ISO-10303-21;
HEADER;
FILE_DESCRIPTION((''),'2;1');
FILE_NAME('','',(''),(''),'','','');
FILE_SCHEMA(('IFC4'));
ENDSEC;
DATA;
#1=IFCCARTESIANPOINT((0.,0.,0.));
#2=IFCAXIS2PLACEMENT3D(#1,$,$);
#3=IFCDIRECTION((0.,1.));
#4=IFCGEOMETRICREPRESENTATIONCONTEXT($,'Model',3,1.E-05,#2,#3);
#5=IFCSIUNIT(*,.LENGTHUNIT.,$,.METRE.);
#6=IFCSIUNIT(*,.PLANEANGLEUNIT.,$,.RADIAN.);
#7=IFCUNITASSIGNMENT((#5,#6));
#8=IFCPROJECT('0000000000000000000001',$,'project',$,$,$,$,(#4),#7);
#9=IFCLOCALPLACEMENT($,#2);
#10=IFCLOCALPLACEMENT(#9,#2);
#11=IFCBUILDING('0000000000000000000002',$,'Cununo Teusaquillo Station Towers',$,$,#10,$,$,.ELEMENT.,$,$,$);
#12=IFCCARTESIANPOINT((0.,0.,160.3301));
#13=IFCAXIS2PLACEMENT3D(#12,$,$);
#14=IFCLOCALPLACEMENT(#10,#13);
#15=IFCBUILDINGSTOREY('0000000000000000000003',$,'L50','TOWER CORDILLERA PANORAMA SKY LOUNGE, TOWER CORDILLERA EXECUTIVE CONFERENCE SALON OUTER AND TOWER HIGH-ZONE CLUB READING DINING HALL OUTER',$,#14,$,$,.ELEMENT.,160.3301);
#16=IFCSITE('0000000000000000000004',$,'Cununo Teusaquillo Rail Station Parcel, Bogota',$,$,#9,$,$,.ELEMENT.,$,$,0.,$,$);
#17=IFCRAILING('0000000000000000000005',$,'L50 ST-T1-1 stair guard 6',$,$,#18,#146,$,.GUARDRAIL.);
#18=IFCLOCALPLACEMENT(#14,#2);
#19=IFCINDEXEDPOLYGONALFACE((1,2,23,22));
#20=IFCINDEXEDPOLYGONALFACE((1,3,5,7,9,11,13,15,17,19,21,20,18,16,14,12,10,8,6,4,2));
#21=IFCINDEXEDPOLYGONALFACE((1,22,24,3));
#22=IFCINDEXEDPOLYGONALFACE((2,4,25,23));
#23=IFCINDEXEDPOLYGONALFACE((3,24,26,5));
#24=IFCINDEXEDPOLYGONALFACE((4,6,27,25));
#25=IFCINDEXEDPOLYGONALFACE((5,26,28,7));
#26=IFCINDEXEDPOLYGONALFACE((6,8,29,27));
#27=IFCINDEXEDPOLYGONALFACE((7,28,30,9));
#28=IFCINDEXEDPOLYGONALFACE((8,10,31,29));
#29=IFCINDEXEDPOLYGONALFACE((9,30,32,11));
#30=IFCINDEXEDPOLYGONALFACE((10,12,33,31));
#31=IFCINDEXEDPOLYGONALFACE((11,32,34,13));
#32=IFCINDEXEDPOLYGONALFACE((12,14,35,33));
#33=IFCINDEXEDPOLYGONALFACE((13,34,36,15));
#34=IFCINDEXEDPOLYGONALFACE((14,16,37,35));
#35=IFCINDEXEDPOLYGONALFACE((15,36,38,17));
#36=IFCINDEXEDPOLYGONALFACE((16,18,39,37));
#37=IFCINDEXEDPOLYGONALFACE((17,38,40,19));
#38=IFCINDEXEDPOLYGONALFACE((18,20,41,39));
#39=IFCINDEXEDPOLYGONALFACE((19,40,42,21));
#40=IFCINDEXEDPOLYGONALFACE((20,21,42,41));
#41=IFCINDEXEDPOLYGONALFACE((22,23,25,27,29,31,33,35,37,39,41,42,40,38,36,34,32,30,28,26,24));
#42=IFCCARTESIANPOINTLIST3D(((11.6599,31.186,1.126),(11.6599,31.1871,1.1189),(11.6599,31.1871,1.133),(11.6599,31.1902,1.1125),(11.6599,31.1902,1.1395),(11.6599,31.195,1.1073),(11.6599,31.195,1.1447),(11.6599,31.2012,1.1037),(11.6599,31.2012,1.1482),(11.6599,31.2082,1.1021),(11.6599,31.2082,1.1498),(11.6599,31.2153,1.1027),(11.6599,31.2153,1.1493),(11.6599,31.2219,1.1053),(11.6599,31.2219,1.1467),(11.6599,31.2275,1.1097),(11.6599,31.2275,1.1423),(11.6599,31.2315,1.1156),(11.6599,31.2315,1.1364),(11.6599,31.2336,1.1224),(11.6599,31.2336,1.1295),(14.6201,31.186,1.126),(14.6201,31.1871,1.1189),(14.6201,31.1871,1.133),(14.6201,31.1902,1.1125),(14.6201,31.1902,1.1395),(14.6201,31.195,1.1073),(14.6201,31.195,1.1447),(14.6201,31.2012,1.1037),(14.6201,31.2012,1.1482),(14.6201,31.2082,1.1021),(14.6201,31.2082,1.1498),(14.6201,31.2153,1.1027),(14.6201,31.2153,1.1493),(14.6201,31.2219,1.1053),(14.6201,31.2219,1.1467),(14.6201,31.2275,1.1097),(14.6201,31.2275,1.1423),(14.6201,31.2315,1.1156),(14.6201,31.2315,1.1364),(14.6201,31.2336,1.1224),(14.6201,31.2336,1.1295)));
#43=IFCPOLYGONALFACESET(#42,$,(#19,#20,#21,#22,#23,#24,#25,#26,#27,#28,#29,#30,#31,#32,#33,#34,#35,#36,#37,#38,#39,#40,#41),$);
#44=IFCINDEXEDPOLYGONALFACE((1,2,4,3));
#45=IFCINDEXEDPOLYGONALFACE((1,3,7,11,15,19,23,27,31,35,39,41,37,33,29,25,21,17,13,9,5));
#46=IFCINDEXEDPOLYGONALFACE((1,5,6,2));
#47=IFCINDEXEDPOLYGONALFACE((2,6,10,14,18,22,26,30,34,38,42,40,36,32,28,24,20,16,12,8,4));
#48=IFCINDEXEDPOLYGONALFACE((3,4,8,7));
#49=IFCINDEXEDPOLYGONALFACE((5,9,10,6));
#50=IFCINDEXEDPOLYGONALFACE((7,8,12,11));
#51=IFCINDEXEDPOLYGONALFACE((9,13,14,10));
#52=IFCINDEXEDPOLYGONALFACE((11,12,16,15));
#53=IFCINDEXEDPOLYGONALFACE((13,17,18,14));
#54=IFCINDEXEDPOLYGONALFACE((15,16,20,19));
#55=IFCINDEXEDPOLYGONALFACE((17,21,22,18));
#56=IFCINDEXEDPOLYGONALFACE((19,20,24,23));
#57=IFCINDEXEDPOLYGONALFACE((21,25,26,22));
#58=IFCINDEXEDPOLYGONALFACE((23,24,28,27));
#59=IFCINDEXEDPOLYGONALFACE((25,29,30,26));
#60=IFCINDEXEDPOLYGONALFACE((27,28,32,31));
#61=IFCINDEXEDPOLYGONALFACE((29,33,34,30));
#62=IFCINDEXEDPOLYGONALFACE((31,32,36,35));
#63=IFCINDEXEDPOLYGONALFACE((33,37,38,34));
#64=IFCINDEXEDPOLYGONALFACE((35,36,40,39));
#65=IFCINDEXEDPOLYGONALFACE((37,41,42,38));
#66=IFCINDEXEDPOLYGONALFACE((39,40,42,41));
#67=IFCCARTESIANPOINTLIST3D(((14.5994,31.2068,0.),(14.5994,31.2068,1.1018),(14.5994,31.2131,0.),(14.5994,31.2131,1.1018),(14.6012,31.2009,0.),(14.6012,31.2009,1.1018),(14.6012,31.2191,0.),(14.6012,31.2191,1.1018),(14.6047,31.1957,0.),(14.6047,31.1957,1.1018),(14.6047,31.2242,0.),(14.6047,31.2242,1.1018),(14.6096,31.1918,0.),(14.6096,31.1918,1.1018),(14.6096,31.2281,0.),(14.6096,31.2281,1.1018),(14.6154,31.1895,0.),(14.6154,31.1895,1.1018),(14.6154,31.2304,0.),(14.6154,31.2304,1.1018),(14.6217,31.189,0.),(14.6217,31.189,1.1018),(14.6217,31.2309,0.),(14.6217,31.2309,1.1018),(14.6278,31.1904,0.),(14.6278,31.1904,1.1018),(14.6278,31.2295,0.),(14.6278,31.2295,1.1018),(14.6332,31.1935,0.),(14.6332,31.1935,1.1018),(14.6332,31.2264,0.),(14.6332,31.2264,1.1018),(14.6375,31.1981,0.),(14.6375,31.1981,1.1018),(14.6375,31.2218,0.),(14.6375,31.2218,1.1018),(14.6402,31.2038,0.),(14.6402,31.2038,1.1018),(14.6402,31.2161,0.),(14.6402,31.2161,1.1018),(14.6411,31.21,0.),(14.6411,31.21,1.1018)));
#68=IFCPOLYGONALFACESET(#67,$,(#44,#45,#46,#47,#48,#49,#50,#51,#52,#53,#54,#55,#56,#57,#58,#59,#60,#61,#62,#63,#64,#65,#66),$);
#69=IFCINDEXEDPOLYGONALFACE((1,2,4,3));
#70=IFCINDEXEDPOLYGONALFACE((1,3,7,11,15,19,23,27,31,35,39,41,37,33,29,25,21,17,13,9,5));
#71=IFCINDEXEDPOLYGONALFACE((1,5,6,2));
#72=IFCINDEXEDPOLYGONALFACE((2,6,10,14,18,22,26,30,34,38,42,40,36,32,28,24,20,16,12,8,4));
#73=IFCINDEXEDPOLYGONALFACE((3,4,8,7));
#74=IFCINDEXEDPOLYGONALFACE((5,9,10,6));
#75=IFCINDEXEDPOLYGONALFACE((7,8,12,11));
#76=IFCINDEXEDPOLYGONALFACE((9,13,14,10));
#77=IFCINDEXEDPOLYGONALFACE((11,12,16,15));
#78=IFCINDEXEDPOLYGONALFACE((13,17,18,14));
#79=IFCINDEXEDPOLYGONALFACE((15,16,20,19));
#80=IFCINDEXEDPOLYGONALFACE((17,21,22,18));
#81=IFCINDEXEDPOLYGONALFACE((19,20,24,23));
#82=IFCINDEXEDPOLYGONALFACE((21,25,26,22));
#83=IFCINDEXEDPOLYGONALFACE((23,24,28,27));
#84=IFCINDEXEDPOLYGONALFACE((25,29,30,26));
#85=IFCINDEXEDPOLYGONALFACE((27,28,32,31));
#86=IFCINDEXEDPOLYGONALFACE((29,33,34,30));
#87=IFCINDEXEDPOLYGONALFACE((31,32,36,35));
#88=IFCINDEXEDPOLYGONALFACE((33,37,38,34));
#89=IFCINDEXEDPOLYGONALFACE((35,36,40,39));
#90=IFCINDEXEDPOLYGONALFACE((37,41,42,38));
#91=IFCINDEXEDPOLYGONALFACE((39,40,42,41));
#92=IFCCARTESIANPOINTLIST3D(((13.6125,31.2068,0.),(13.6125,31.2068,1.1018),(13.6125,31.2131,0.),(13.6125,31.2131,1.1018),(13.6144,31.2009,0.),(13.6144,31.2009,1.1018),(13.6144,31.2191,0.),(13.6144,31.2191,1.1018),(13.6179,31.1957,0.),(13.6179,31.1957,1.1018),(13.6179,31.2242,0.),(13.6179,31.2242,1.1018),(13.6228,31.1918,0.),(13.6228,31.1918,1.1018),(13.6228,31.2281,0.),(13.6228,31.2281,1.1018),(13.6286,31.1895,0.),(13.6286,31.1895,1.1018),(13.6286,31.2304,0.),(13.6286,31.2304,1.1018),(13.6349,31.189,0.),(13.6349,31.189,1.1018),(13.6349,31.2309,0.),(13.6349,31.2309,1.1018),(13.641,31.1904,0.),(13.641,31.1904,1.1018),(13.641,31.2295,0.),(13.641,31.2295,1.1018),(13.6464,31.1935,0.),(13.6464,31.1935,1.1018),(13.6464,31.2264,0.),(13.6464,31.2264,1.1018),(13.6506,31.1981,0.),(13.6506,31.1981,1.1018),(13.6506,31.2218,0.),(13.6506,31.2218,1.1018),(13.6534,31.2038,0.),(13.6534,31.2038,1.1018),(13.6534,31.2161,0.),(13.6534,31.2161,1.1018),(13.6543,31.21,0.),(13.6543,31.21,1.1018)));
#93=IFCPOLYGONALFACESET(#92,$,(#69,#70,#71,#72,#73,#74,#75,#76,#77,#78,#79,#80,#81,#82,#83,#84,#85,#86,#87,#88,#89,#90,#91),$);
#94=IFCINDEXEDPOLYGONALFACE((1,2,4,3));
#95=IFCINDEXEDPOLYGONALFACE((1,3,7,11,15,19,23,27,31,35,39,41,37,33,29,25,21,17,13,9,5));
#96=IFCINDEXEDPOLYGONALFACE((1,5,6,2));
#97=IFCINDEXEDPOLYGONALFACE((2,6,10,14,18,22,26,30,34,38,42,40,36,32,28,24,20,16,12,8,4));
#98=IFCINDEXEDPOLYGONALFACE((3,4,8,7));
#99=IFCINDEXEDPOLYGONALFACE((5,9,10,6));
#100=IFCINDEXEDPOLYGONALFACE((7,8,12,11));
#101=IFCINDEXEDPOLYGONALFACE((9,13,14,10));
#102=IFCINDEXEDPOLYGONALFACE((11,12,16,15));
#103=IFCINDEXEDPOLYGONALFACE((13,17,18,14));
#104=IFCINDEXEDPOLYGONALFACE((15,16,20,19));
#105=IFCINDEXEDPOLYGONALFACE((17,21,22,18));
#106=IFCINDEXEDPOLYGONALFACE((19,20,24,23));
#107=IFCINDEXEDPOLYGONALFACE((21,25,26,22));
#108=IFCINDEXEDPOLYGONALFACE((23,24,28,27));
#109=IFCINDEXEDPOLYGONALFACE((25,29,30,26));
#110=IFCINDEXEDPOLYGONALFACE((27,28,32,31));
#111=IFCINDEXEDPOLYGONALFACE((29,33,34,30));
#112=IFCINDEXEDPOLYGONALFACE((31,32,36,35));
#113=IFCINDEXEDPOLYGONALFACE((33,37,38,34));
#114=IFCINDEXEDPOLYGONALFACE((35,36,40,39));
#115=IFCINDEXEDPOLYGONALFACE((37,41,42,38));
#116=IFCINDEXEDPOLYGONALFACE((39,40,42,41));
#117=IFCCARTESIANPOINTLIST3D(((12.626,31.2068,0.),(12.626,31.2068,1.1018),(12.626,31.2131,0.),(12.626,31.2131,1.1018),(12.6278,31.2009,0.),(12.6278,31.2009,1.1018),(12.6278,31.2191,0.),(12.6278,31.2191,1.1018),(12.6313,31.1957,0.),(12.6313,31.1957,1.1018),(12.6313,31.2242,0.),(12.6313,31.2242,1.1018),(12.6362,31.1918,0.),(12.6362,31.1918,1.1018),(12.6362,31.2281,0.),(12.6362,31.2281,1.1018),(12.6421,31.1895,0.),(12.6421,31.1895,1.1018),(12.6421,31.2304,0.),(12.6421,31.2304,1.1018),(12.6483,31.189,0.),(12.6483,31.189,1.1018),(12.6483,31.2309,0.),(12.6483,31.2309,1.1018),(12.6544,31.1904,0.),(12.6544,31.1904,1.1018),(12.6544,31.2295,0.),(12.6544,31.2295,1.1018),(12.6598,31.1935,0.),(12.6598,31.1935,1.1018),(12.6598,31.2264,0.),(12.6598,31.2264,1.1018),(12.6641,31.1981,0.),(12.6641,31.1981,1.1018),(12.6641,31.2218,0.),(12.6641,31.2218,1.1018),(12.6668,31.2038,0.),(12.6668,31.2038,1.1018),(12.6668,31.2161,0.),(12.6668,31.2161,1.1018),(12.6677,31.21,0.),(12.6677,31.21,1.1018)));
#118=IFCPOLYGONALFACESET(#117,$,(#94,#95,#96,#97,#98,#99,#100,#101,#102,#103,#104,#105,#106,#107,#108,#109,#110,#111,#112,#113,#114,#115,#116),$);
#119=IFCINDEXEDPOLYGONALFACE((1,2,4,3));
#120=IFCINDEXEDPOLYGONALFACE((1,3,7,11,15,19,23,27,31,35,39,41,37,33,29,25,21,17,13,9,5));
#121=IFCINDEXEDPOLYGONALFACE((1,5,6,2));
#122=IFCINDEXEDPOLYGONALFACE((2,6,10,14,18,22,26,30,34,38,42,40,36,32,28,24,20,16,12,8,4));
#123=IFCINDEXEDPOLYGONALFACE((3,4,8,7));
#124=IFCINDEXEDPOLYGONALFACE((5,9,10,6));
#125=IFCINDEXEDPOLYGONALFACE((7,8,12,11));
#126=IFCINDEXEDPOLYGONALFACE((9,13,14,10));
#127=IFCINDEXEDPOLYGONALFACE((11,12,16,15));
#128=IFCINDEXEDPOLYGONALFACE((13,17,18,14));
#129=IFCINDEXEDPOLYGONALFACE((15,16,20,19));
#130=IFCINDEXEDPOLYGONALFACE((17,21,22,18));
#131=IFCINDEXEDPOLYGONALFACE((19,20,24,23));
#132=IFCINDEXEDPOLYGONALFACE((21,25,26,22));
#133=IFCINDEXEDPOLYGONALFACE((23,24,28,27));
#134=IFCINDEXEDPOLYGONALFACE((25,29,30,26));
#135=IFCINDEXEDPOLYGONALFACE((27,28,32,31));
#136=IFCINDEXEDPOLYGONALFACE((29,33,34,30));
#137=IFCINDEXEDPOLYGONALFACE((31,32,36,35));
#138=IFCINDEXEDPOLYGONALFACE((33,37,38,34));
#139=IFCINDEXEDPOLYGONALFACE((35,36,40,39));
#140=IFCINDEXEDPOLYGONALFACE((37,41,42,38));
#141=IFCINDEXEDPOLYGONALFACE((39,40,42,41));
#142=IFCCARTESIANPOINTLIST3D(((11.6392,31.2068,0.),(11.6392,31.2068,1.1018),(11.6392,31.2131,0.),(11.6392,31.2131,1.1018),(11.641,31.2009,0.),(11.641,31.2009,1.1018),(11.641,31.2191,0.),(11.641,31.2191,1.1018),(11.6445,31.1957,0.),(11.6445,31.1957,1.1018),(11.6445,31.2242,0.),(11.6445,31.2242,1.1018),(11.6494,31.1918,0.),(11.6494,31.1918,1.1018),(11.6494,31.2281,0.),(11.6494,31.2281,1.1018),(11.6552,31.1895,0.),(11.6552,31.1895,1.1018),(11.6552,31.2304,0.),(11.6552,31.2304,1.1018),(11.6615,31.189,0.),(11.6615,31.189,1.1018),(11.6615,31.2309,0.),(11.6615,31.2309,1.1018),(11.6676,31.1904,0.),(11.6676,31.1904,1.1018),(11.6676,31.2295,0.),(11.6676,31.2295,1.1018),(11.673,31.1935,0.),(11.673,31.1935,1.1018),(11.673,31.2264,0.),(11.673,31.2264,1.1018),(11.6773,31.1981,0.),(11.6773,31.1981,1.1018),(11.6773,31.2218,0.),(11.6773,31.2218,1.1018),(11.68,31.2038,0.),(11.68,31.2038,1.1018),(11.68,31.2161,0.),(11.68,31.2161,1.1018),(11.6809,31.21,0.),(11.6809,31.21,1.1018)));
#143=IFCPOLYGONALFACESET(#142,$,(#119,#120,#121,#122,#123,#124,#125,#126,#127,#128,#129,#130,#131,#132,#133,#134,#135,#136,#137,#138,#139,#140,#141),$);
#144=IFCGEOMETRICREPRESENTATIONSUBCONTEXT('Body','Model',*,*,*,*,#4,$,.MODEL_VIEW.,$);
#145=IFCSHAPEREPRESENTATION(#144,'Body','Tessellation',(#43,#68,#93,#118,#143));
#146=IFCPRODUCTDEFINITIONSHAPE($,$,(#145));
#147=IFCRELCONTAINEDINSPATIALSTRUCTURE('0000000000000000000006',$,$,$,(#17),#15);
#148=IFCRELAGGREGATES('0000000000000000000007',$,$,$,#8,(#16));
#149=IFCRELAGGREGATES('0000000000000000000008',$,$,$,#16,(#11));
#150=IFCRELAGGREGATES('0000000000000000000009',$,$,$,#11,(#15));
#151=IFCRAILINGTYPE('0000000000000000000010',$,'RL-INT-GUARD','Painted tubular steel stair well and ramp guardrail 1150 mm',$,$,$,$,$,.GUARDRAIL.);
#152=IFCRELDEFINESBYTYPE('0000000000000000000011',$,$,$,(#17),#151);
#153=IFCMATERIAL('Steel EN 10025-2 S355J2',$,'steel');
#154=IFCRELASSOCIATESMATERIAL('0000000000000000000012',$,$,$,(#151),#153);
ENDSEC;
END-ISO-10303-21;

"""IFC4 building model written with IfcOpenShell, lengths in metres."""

from ifc_helpers import new_model, si_unit, direction, frame, origin, origin_2d, place, context, subcontext, project, spatial, circle, extrude, material, type_object, element, save


model = new_model("IFC4")

# Units and contexts
model_context = context("Model", 3, precision=1e-05, world=origin(), true_north=direction((0.0, 1.0)))
body_context = subcontext(model_context, "Body", "Model", "MODEL_VIEW")
ifc_project = project(units=[si_unit("LENGTHUNIT", "METRE"), si_unit("PLANEANGLEUNIT", "RADIAN")], contexts=[model_context])

# Site, building, storey
site_placement = place(None, origin())
site = spatial("IfcSite", under=ifc_project, at=site_placement, Name="Cununo Teusaquillo Rail Station Parcel, Bogota", CompositionType="ELEMENT", RefElevation=0.0)
building_placement = place(site_placement, origin())
building = spatial("IfcBuilding", under=site, at=building_placement, Name="Cununo Teusaquillo Station Towers", CompositionType="ELEMENT")
storey_placement = place(building_placement, frame((0.0, 0.0, 160.3301)))
storey = spatial("IfcBuildingStorey", under=building, at=storey_placement, Name="L50", Description="TOWER CORDILLERA PANORAMA SKY LOUNGE, TOWER CORDILLERA EXECUTIVE CONFERENCE SALON OUTER AND TOWER HIGH-ZONE CLUB READING DINING HALL OUTER", CompositionType="ELEMENT", Elevation=160.3301)

# Railing
ifc_material_1 = material(Name="Steel EN 10025-2 S355J2", Category="steel")
railing_type_1 = type_object("IfcRailingType", Name="RL-INT-GUARD", Description="Painted tubular steel stair well and ramp guardrail 1150 mm", PredefinedType="GUARDRAIL", material=ifc_material_1)
railing_1_placement = place(storey_placement, frame((14.6201, 31.21, 0.0)))
element("IfcRailing", 1, at=railing_1_placement, inside=storey, type_object=railing_type_1, Name="L50 ST-T1-1 stair guard 6", PredefinedType="GUARDRAIL", context=body_context, shape_type="SweptSolid", body=[
    extrude(circle(Radius=0.0239, at=origin_2d()), frame((0.0, 0.0, 1.126), z_axis=(-1.0, 0.0, 0.0), x_axis=(0.0, -1.0, 0.0)), (0.0, 0.0, 1.0), 2.9602),
    extrude(circle(Radius=0.021, at=origin_2d()), origin(), (0.0, 0.0, 1.0), 1.1018),
    extrude(circle(Radius=0.021, at=origin_2d()), frame((-0.9868, 0.0, 0.0)), (0.0, 0.0, 1.0), 1.1018),
    extrude(circle(Radius=0.021, at=origin_2d()), frame((-1.9734, 0.0, 0.0)), (0.0, 0.0, 1.0), 1.1018),
    extrude(circle(Radius=0.021, at=origin_2d()), frame((-2.9602, 0.0, 0.0)), (0.0, 0.0, 1.0), 1.1018),
])

save(model, "model.ifc")
